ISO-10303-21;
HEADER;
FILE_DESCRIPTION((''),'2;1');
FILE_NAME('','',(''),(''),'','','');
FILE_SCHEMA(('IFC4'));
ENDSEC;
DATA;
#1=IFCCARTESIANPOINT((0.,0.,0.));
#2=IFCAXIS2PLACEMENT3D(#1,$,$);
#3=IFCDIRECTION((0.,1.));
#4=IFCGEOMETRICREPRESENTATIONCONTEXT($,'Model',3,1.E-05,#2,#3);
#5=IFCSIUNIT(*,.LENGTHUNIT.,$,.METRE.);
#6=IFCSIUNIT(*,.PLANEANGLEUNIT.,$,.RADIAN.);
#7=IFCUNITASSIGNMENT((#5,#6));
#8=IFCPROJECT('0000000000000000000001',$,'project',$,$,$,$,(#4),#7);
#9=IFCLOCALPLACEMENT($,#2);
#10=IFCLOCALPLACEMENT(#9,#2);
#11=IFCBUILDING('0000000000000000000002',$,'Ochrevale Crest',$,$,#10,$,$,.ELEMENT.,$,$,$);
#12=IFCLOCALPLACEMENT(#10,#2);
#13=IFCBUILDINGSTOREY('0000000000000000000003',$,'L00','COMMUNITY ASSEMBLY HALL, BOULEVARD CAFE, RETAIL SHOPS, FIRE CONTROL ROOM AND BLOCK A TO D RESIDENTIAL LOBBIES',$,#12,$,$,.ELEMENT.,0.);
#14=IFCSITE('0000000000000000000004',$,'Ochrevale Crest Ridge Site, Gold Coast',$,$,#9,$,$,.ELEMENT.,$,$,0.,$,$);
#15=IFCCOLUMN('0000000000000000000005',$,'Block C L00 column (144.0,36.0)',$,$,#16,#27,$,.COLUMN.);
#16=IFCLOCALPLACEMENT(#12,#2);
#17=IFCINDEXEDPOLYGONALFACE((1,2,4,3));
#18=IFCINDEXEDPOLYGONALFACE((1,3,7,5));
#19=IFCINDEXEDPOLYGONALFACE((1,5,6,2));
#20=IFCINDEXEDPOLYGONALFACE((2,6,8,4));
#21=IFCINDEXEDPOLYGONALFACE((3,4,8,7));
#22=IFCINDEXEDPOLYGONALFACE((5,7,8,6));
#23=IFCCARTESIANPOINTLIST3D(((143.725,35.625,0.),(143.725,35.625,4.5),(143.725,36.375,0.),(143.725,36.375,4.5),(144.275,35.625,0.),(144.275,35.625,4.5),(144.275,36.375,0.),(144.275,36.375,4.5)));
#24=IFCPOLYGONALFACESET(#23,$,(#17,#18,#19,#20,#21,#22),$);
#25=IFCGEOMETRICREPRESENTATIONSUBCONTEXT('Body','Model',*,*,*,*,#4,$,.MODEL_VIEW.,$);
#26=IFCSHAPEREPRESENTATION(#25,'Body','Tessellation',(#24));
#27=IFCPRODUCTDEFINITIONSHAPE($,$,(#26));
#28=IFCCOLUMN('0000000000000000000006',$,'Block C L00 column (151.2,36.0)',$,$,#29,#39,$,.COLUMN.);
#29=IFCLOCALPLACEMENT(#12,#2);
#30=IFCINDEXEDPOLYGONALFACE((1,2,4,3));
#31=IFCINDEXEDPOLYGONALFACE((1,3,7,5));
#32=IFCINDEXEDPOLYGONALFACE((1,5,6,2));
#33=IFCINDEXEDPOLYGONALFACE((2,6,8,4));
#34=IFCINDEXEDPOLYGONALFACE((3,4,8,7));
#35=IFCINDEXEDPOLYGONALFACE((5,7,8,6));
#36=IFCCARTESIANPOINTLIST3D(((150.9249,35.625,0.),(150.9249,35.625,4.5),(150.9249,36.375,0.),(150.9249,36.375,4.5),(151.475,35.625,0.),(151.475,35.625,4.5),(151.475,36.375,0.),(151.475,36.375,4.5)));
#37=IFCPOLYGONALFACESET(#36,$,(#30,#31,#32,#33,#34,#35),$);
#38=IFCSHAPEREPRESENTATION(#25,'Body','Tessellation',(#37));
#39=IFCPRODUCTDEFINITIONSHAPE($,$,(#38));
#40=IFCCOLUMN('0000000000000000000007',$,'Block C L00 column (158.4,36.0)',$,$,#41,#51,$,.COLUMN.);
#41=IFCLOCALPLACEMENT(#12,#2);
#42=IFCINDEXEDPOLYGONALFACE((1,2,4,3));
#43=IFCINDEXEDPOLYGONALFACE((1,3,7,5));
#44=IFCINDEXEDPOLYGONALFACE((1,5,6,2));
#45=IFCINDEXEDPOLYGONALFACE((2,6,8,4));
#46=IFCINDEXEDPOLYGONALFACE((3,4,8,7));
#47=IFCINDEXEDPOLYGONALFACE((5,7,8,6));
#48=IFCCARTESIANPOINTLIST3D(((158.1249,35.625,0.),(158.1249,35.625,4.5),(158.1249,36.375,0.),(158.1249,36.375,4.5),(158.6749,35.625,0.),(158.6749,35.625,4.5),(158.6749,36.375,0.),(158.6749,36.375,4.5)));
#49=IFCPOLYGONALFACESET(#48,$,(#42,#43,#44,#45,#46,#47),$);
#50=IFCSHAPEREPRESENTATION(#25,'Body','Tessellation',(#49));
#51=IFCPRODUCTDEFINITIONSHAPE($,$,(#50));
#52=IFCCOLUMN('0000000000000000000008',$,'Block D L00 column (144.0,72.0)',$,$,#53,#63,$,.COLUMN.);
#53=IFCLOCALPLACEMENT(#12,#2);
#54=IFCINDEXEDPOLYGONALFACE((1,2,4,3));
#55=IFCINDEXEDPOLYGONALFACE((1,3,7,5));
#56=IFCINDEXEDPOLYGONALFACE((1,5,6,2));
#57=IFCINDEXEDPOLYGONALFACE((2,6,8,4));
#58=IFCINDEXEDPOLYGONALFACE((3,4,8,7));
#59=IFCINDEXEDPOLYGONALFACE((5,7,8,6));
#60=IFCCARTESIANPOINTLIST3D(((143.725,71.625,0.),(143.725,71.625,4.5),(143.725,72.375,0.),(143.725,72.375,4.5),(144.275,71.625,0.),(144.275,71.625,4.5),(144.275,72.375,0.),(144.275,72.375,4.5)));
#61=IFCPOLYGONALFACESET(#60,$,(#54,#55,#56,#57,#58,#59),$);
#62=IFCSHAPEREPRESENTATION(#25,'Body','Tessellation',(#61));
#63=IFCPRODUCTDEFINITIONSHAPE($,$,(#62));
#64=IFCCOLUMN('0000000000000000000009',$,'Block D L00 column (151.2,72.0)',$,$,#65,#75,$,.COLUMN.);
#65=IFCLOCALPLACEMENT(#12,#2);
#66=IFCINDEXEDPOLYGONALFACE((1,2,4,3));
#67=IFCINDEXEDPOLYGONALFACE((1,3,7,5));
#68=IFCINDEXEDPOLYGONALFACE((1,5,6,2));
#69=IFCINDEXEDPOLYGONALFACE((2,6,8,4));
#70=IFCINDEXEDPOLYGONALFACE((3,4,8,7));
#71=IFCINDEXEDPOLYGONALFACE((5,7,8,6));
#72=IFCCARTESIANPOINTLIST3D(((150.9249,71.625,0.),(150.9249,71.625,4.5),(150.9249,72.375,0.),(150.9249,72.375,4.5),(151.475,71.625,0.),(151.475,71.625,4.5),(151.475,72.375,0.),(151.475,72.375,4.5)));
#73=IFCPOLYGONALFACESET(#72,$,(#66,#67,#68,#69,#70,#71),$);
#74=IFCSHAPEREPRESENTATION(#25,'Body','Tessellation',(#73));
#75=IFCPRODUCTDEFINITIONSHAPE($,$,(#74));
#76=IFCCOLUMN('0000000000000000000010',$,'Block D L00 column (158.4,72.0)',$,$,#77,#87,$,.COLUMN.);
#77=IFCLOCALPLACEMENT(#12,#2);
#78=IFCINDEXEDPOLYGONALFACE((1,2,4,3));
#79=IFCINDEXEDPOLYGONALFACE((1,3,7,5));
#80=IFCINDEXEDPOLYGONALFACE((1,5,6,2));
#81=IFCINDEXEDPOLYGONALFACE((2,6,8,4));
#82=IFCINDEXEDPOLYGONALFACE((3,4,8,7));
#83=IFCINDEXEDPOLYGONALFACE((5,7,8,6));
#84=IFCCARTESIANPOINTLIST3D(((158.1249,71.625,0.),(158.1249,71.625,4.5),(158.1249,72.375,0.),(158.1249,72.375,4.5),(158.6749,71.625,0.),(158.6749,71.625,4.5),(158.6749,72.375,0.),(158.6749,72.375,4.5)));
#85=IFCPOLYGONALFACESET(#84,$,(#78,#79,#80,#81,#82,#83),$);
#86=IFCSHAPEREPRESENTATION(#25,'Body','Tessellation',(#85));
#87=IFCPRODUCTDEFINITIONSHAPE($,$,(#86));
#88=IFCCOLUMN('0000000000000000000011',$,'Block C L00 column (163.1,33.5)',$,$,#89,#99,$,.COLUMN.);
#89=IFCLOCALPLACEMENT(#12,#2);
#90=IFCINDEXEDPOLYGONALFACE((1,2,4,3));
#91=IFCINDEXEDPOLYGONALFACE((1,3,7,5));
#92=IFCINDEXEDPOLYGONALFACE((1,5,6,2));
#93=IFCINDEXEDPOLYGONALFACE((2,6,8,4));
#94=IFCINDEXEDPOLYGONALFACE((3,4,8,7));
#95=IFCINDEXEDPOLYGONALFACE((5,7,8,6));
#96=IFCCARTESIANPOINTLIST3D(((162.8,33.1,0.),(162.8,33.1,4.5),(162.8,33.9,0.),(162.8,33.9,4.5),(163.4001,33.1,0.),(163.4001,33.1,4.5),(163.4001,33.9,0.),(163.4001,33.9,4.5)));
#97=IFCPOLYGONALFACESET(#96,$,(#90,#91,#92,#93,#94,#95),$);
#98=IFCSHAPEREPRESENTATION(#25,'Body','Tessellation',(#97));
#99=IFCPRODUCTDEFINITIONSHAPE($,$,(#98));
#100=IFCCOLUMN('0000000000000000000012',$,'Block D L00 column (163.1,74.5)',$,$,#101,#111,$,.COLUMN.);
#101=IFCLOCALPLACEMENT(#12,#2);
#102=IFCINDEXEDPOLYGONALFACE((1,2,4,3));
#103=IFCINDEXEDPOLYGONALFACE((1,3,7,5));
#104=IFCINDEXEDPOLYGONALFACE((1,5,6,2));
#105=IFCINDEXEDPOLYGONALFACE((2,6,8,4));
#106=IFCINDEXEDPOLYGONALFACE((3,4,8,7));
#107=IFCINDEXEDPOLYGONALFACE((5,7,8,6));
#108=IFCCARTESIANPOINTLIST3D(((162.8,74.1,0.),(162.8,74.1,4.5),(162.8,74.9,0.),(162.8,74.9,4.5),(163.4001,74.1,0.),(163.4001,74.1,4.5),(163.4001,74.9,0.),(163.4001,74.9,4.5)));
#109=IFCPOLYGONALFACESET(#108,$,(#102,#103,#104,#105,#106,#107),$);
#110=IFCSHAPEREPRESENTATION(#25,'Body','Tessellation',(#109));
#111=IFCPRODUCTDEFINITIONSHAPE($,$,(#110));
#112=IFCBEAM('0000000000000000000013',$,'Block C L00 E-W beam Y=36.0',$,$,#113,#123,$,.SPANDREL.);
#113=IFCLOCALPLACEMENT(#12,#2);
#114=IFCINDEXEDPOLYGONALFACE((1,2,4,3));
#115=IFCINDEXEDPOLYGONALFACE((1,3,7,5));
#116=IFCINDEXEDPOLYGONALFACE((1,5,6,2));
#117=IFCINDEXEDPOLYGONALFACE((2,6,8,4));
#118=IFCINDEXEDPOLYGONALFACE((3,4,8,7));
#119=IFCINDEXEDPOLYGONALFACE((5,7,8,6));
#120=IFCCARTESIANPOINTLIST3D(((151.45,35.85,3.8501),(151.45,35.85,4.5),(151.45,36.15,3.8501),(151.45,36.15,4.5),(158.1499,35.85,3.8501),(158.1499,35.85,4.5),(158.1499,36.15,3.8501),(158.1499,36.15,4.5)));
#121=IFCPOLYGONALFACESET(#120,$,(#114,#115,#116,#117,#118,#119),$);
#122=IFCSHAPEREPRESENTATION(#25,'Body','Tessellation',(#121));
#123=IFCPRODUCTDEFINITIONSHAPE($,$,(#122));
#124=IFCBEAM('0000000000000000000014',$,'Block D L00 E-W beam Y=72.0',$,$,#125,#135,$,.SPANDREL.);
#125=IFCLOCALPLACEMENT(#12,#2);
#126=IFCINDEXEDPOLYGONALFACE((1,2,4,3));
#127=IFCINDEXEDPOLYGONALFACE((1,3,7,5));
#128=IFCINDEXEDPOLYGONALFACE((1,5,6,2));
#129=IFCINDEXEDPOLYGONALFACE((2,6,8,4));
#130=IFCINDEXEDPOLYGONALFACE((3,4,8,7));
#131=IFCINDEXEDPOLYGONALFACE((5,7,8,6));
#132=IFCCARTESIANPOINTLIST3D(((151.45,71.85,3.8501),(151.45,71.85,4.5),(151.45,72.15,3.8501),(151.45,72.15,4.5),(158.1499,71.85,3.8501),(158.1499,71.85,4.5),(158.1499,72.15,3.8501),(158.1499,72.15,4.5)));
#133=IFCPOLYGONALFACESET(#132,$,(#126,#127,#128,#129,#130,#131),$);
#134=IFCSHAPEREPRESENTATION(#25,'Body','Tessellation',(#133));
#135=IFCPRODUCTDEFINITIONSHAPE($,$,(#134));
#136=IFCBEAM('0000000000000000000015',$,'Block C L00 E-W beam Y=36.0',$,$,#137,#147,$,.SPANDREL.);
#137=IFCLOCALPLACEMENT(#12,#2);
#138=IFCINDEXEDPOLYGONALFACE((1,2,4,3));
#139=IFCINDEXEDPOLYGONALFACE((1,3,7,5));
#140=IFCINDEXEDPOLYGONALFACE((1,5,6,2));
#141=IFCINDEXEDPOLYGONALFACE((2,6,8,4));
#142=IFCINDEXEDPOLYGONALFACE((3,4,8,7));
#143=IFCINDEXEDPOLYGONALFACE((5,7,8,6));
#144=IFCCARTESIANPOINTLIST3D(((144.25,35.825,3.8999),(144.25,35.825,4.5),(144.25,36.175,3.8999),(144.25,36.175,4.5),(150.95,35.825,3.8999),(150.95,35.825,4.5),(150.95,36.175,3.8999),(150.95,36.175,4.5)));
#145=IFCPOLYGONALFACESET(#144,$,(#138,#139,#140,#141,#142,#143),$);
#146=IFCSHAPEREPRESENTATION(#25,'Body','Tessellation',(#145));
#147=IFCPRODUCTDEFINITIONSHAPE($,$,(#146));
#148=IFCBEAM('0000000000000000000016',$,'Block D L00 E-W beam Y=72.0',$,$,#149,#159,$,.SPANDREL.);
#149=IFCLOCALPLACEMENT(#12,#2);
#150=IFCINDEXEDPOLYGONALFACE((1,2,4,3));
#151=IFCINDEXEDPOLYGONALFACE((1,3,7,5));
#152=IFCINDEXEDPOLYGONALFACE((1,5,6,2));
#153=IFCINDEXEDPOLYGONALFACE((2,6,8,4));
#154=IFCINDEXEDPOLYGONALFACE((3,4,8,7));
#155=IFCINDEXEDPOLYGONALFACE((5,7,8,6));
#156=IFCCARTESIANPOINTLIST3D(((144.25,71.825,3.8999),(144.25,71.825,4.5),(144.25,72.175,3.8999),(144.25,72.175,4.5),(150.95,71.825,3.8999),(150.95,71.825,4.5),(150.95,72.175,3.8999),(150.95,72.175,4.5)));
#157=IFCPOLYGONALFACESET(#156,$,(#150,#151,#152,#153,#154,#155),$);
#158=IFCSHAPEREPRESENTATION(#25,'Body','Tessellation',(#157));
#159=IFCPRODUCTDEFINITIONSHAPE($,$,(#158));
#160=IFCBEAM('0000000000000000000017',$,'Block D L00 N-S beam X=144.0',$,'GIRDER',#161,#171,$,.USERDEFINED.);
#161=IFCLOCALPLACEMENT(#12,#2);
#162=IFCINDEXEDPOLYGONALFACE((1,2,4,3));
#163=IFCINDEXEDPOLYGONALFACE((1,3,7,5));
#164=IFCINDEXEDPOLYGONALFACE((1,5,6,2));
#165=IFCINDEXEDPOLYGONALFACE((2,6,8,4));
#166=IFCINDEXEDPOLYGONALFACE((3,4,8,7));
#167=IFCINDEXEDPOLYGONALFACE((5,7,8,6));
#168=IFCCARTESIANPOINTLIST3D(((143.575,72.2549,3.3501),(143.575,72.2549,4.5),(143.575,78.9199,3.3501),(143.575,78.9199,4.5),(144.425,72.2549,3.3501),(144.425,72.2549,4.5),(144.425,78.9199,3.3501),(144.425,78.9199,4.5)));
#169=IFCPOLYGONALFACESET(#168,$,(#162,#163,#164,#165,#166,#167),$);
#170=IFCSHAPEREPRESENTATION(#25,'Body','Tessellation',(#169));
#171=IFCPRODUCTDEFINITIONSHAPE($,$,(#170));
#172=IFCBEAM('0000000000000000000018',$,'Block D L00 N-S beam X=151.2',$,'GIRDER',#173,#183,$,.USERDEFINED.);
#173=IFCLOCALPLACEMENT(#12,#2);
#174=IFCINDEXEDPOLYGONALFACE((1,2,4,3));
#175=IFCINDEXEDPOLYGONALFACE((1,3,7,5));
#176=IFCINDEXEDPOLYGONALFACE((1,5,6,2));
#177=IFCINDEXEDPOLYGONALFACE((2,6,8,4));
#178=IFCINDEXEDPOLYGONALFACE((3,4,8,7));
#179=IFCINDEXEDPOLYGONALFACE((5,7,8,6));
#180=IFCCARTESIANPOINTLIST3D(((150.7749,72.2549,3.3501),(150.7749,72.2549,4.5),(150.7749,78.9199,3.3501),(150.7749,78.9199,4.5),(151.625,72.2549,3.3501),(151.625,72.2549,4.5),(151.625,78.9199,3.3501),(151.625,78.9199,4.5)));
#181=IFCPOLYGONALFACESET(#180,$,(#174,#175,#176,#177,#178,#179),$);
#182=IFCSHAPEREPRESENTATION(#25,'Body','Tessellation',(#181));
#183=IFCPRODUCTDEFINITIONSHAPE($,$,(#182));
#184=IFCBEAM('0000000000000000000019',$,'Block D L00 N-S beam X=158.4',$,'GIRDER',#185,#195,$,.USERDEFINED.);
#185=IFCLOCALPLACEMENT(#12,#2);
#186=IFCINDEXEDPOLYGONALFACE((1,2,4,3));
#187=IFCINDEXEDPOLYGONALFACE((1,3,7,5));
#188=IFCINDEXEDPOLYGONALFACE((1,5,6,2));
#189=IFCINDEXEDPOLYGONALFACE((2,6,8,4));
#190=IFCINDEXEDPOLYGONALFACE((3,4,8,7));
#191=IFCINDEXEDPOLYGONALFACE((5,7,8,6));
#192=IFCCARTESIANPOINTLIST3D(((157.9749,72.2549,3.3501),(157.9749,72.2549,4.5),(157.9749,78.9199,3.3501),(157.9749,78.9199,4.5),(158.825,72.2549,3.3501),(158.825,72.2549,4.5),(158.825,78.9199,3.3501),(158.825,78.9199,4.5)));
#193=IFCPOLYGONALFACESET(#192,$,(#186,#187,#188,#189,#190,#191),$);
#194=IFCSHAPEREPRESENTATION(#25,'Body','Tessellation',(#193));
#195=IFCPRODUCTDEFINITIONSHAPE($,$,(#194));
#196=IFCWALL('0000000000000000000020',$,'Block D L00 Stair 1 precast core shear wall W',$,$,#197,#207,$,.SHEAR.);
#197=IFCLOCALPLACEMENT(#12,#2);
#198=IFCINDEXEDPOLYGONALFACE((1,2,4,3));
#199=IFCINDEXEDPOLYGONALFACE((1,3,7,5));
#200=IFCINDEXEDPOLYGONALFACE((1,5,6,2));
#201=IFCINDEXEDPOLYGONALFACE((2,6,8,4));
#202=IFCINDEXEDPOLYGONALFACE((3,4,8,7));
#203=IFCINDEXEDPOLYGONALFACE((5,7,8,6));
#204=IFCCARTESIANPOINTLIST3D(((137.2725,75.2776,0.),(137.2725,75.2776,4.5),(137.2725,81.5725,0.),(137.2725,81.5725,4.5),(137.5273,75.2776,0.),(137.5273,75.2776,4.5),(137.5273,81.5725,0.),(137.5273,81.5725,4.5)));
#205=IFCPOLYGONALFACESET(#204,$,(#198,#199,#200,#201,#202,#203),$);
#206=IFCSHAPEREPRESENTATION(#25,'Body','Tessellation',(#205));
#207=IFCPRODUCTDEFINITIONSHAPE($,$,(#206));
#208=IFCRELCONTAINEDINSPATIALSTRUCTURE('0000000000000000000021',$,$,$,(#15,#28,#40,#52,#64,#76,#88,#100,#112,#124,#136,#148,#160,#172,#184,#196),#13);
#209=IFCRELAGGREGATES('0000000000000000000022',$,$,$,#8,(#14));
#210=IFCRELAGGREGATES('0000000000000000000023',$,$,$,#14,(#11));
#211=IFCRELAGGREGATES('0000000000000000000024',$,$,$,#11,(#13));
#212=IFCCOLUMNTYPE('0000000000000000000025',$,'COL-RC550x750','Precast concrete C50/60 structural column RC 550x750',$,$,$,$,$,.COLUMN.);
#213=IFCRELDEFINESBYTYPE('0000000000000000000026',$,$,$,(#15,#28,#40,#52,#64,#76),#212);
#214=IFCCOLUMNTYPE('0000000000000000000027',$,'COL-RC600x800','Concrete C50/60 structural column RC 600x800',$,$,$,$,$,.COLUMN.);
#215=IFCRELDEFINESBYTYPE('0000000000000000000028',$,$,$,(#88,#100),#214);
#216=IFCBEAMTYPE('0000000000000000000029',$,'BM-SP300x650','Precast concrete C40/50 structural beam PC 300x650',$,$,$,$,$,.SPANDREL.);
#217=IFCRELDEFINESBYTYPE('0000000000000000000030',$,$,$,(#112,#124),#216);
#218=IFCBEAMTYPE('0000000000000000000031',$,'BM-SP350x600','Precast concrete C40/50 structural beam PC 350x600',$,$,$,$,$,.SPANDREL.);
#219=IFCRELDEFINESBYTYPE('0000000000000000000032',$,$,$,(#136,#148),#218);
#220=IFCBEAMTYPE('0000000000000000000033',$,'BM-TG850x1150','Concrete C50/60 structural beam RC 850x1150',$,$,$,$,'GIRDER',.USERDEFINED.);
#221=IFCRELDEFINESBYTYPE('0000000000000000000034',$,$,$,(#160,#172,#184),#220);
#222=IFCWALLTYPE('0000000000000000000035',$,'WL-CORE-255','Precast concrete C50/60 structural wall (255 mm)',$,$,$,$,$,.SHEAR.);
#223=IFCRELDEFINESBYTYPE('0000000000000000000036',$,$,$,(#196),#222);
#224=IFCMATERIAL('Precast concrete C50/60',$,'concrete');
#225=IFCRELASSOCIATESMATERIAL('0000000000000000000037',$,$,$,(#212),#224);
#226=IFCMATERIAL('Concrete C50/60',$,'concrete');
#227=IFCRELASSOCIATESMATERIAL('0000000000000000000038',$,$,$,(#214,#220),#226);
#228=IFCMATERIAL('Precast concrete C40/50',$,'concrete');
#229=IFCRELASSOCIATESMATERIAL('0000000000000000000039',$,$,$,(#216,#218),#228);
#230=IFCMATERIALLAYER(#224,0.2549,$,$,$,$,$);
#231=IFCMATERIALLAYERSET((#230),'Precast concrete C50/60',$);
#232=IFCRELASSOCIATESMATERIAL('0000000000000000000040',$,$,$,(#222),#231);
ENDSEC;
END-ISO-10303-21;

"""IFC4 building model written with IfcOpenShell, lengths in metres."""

from ifc_helpers import new_model, si_unit, direction, frame, frame_2d, origin, origin_2d, place, context, subcontext, project, spatial, rectangle, extrude, material, layer, layer_set, material_profile, profile_set, type_object, element, save


model = new_model("IFC4")

# Units and contexts
model_context = context("Model", 3, precision=1e-05, world=origin(), true_north=direction((0.0, 1.0)))
body_context = subcontext(model_context, "Body", "Model", "MODEL_VIEW")
ifc_project = project(units=[si_unit("LENGTHUNIT", "METRE"), si_unit("PLANEANGLEUNIT", "RADIAN")], contexts=[model_context])

# Site, building, storey
site_placement = place(None, origin())
site = spatial("IfcSite", under=ifc_project, at=site_placement, Name="Ochrevale Crest Ridge Site, Gold Coast", CompositionType="ELEMENT", RefElevation=0.0)
building_placement = place(site_placement, origin())
building = spatial("IfcBuilding", under=site, at=building_placement, Name="Ochrevale Crest", CompositionType="ELEMENT")
storey_placement = place(building_placement, origin())
storey = spatial("IfcBuildingStorey", under=building, at=storey_placement, Name="L00", Description="COMMUNITY ASSEMBLY HALL, BOULEVARD CAFE, RETAIL SHOPS, FIRE CONTROL ROOM AND BLOCK A TO D RESIDENTIAL LOBBIES", CompositionType="ELEMENT", Elevation=0.0)

# Columns
ifc_material_1 = material(Name="Precast concrete C50/60", Category="concrete")
ifc_material_profile_1 = material_profile(ifc_material_1, rectangle(XDim=0.55, YDim=0.75, at=origin_2d()), Name="RC 550x750")
ifc_profile_set_1 = profile_set([ifc_material_profile_1], Name="Precast concrete C50/60")
column_type_1 = type_object("IfcColumnType", Name="COL-RC550x750", Description="Precast concrete C50/60 structural column RC 550x750", PredefinedType="COLUMN", material=ifc_profile_set_1)
for number, where, z_axis, x_axis, name in (
    (1, (144.0, 36.0, 0.0), (0.0, 0.0, 1.0), (1.0, 0.0, 0.0), "Block C L00 column (144.0,36.0)"),
    (2, (151.2, 36.0, 0.0), (0.0, 0.0, 1.0), (1.0, 0.0, 0.0), "Block C L00 column (151.2,36.0)"),
    (3, (158.3999, 36.0, 0.0), (0.0, 0.0, 1.0), (1.0, 0.0, 0.0), "Block C L00 column (158.4,36.0)"),
    (4, (144.0, 72.0, 0.0), (0.0, 0.0, 1.0), (1.0, 0.0, 0.0), "Block D L00 column (144.0,72.0)"),
    (5, (151.2, 72.0, 0.0), (0.0, 0.0, 1.0), (1.0, 0.0, 0.0), "Block D L00 column (151.2,72.0)"),
    (6, (158.3999, 72.0, 0.0), (0.0, 0.0, 1.0), (1.0, 0.0, 0.0), "Block D L00 column (158.4,72.0)"),
):
    element("IfcColumn", number, at=place(storey_placement, frame(where, z_axis=z_axis, x_axis=x_axis)), inside=storey, type_object=column_type_1, Name=name, PredefinedType="COLUMN", context=body_context, shape_type="SweptSolid", body=[
        extrude(rectangle(XDim=0.55, YDim=0.75, at=origin_2d()), origin(), (0.0, 0.0, 1.0), 4.5),
    ])
ifc_material_2 = material(Name="Concrete C50/60", Category="concrete")
ifc_material_profile_2 = material_profile(ifc_material_2, rectangle(XDim=0.6001, YDim=0.8, at=origin_2d()), Name="RC 600x800")
ifc_profile_set_2 = profile_set([ifc_material_profile_2], Name="Concrete C50/60")
column_type_2 = type_object("IfcColumnType", Name="COL-RC600x800", Description="Concrete C50/60 structural column RC 600x800", PredefinedType="COLUMN", material=ifc_profile_set_2)
for number, where, z_axis, x_axis, name in (
    (7, (163.1001, 33.5, 0.0), (0.0, 0.0, 1.0), (1.0, 0.0, 0.0), "Block C L00 column (163.1,33.5)"),
    (8, (163.1001, 74.5, 0.0), (0.0, 0.0, 1.0), (1.0, 0.0, 0.0), "Block D L00 column (163.1,74.5)"),
):
    element("IfcColumn", number, at=place(storey_placement, frame(where, z_axis=z_axis, x_axis=x_axis)), inside=storey, type_object=column_type_2, Name=name, PredefinedType="COLUMN", context=body_context, shape_type="SweptSolid", body=[
        extrude(rectangle(XDim=0.6001, YDim=0.8, at=origin_2d()), origin(), (0.0, 0.0, 1.0), 4.5),
    ])

# Beams
ifc_material_3 = material(Name="Precast concrete C40/50", Category="concrete")
ifc_material_profile_3 = material_profile(ifc_material_3, rectangle(XDim=0.3, YDim=0.6499, at=origin_2d()), Name="PC 300x650")
ifc_profile_set_3 = profile_set([ifc_material_profile_3], Name="Precast concrete C40/50")
beam_type_1 = type_object("IfcBeamType", Name="BM-SP300x650", Description="Precast concrete C40/50 structural beam PC 300x650", PredefinedType="SPANDREL", material=ifc_profile_set_3)
for number, where, z_axis, x_axis, name in (
    (9, (151.45, 36.0, 4.175), (1.0, 0.0, 0.0), (0.0, 1.0, 0.0), "Block C L00 E-W beam Y=36.0"),
    (10, (151.45, 72.0, 4.175), (1.0, 0.0, 0.0), (0.0, 1.0, 0.0), "Block D L00 E-W beam Y=72.0"),
):
    element("IfcBeam", number, at=place(storey_placement, frame(where, z_axis=z_axis, x_axis=x_axis)), inside=storey, type_object=beam_type_1, Name=name, PredefinedType="SPANDREL", context=body_context, shape_type="SweptSolid", body=[
        extrude(rectangle(XDim=0.3, YDim=0.6499, at=origin_2d()), origin(), (0.0, 0.0, 1.0), 6.7),
    ])
ifc_material_profile_4 = material_profile(ifc_material_3, rectangle(XDim=0.3501, YDim=0.6001, at=origin_2d()), Name="PC 350x600")
ifc_profile_set_4 = profile_set([ifc_material_profile_4], Name="Precast concrete C40/50")
beam_type_2 = type_object("IfcBeamType", Name="BM-SP350x600", Description="Precast concrete C40/50 structural beam PC 350x600", PredefinedType="SPANDREL", material=ifc_profile_set_4)
for number, where, z_axis, x_axis, name in (
    (11, (144.25, 36.0, 4.2), (1.0, 0.0, 0.0), (0.0, 1.0, 0.0), "Block C L00 E-W beam Y=36.0"),
    (12, (144.25, 72.0, 4.2), (1.0, 0.0, 0.0), (0.0, 1.0, 0.0), "Block D L00 E-W beam Y=72.0"),
):
    element("IfcBeam", number, at=place(storey_placement, frame(where, z_axis=z_axis, x_axis=x_axis)), inside=storey, type_object=beam_type_2, Name=name, PredefinedType="SPANDREL", context=body_context, shape_type="SweptSolid", body=[
        extrude(rectangle(XDim=0.3501, YDim=0.6001, at=origin_2d()), origin(), (0.0, 0.0, 1.0), 6.7),
    ])
ifc_material_profile_5 = material_profile(ifc_material_2, rectangle(XDim=0.8501, YDim=1.1499, at=origin_2d()), Name="RC 850x1150")
ifc_profile_set_5 = profile_set([ifc_material_profile_5], Name="Concrete C50/60")
beam_type_3 = type_object("IfcBeamType", Name="BM-TG850x1150", Description="Concrete C50/60 structural beam RC 850x1150", ElementType="GIRDER", PredefinedType="USERDEFINED", material=ifc_profile_set_5)
for number, where, z_axis, x_axis, name in (
    (13, (144.0, 72.2549, 3.925), (0.0, 1.0, 0.0), (-1.0, 0.0, 0.0), "Block D L00 N-S beam X=144.0"),
    (14, (151.2, 72.2549, 3.925), (0.0, 1.0, 0.0), (-1.0, 0.0, 0.0), "Block D L00 N-S beam X=151.2"),
    (15, (158.3999, 72.2549, 3.925), (0.0, 1.0, 0.0), (-1.0, 0.0, 0.0), "Block D L00 N-S beam X=158.4"),
):
    element("IfcBeam", number, at=place(storey_placement, frame(where, z_axis=z_axis, x_axis=x_axis)), inside=storey, type_object=beam_type_3, Name=name, ObjectType="GIRDER", PredefinedType="USERDEFINED", context=body_context, shape_type="SweptSolid", body=[
        extrude(rectangle(XDim=0.8501, YDim=1.1499, at=origin_2d()), origin(), (0.0, 0.0, 1.0), 6.665),
    ])

# Wall
ifc_layer_1 = layer(ifc_material_1, 0.2549)
ifc_layer_set_1 = layer_set([ifc_layer_1], Name="Precast concrete C50/60")
wall_type_1 = type_object("IfcWallType", Name="WL-CORE-255", Description="Precast concrete C50/60 structural wall (255 mm)", PredefinedType="SHEAR", material=ifc_layer_set_1)
wall_1_placement = place(storey_placement, frame((137.3999, 75.2776, 0.0), z_axis=(0.0, 0.0, 1.0), x_axis=(0.0, 1.0, 0.0)))
element("IfcWall", 16, at=wall_1_placement, inside=storey, type_object=wall_type_1, Name="Block D L00 Stair 1 precast core shear wall W", PredefinedType="SHEAR", context=body_context, shape_type="SweptSolid", body=[
    extrude(rectangle(XDim=6.2949, YDim=0.2549, at=frame_2d((3.1475, 0.0))), origin(), (0.0, 0.0, 1.0), 4.5),
])

save(model, "model.ifc")
